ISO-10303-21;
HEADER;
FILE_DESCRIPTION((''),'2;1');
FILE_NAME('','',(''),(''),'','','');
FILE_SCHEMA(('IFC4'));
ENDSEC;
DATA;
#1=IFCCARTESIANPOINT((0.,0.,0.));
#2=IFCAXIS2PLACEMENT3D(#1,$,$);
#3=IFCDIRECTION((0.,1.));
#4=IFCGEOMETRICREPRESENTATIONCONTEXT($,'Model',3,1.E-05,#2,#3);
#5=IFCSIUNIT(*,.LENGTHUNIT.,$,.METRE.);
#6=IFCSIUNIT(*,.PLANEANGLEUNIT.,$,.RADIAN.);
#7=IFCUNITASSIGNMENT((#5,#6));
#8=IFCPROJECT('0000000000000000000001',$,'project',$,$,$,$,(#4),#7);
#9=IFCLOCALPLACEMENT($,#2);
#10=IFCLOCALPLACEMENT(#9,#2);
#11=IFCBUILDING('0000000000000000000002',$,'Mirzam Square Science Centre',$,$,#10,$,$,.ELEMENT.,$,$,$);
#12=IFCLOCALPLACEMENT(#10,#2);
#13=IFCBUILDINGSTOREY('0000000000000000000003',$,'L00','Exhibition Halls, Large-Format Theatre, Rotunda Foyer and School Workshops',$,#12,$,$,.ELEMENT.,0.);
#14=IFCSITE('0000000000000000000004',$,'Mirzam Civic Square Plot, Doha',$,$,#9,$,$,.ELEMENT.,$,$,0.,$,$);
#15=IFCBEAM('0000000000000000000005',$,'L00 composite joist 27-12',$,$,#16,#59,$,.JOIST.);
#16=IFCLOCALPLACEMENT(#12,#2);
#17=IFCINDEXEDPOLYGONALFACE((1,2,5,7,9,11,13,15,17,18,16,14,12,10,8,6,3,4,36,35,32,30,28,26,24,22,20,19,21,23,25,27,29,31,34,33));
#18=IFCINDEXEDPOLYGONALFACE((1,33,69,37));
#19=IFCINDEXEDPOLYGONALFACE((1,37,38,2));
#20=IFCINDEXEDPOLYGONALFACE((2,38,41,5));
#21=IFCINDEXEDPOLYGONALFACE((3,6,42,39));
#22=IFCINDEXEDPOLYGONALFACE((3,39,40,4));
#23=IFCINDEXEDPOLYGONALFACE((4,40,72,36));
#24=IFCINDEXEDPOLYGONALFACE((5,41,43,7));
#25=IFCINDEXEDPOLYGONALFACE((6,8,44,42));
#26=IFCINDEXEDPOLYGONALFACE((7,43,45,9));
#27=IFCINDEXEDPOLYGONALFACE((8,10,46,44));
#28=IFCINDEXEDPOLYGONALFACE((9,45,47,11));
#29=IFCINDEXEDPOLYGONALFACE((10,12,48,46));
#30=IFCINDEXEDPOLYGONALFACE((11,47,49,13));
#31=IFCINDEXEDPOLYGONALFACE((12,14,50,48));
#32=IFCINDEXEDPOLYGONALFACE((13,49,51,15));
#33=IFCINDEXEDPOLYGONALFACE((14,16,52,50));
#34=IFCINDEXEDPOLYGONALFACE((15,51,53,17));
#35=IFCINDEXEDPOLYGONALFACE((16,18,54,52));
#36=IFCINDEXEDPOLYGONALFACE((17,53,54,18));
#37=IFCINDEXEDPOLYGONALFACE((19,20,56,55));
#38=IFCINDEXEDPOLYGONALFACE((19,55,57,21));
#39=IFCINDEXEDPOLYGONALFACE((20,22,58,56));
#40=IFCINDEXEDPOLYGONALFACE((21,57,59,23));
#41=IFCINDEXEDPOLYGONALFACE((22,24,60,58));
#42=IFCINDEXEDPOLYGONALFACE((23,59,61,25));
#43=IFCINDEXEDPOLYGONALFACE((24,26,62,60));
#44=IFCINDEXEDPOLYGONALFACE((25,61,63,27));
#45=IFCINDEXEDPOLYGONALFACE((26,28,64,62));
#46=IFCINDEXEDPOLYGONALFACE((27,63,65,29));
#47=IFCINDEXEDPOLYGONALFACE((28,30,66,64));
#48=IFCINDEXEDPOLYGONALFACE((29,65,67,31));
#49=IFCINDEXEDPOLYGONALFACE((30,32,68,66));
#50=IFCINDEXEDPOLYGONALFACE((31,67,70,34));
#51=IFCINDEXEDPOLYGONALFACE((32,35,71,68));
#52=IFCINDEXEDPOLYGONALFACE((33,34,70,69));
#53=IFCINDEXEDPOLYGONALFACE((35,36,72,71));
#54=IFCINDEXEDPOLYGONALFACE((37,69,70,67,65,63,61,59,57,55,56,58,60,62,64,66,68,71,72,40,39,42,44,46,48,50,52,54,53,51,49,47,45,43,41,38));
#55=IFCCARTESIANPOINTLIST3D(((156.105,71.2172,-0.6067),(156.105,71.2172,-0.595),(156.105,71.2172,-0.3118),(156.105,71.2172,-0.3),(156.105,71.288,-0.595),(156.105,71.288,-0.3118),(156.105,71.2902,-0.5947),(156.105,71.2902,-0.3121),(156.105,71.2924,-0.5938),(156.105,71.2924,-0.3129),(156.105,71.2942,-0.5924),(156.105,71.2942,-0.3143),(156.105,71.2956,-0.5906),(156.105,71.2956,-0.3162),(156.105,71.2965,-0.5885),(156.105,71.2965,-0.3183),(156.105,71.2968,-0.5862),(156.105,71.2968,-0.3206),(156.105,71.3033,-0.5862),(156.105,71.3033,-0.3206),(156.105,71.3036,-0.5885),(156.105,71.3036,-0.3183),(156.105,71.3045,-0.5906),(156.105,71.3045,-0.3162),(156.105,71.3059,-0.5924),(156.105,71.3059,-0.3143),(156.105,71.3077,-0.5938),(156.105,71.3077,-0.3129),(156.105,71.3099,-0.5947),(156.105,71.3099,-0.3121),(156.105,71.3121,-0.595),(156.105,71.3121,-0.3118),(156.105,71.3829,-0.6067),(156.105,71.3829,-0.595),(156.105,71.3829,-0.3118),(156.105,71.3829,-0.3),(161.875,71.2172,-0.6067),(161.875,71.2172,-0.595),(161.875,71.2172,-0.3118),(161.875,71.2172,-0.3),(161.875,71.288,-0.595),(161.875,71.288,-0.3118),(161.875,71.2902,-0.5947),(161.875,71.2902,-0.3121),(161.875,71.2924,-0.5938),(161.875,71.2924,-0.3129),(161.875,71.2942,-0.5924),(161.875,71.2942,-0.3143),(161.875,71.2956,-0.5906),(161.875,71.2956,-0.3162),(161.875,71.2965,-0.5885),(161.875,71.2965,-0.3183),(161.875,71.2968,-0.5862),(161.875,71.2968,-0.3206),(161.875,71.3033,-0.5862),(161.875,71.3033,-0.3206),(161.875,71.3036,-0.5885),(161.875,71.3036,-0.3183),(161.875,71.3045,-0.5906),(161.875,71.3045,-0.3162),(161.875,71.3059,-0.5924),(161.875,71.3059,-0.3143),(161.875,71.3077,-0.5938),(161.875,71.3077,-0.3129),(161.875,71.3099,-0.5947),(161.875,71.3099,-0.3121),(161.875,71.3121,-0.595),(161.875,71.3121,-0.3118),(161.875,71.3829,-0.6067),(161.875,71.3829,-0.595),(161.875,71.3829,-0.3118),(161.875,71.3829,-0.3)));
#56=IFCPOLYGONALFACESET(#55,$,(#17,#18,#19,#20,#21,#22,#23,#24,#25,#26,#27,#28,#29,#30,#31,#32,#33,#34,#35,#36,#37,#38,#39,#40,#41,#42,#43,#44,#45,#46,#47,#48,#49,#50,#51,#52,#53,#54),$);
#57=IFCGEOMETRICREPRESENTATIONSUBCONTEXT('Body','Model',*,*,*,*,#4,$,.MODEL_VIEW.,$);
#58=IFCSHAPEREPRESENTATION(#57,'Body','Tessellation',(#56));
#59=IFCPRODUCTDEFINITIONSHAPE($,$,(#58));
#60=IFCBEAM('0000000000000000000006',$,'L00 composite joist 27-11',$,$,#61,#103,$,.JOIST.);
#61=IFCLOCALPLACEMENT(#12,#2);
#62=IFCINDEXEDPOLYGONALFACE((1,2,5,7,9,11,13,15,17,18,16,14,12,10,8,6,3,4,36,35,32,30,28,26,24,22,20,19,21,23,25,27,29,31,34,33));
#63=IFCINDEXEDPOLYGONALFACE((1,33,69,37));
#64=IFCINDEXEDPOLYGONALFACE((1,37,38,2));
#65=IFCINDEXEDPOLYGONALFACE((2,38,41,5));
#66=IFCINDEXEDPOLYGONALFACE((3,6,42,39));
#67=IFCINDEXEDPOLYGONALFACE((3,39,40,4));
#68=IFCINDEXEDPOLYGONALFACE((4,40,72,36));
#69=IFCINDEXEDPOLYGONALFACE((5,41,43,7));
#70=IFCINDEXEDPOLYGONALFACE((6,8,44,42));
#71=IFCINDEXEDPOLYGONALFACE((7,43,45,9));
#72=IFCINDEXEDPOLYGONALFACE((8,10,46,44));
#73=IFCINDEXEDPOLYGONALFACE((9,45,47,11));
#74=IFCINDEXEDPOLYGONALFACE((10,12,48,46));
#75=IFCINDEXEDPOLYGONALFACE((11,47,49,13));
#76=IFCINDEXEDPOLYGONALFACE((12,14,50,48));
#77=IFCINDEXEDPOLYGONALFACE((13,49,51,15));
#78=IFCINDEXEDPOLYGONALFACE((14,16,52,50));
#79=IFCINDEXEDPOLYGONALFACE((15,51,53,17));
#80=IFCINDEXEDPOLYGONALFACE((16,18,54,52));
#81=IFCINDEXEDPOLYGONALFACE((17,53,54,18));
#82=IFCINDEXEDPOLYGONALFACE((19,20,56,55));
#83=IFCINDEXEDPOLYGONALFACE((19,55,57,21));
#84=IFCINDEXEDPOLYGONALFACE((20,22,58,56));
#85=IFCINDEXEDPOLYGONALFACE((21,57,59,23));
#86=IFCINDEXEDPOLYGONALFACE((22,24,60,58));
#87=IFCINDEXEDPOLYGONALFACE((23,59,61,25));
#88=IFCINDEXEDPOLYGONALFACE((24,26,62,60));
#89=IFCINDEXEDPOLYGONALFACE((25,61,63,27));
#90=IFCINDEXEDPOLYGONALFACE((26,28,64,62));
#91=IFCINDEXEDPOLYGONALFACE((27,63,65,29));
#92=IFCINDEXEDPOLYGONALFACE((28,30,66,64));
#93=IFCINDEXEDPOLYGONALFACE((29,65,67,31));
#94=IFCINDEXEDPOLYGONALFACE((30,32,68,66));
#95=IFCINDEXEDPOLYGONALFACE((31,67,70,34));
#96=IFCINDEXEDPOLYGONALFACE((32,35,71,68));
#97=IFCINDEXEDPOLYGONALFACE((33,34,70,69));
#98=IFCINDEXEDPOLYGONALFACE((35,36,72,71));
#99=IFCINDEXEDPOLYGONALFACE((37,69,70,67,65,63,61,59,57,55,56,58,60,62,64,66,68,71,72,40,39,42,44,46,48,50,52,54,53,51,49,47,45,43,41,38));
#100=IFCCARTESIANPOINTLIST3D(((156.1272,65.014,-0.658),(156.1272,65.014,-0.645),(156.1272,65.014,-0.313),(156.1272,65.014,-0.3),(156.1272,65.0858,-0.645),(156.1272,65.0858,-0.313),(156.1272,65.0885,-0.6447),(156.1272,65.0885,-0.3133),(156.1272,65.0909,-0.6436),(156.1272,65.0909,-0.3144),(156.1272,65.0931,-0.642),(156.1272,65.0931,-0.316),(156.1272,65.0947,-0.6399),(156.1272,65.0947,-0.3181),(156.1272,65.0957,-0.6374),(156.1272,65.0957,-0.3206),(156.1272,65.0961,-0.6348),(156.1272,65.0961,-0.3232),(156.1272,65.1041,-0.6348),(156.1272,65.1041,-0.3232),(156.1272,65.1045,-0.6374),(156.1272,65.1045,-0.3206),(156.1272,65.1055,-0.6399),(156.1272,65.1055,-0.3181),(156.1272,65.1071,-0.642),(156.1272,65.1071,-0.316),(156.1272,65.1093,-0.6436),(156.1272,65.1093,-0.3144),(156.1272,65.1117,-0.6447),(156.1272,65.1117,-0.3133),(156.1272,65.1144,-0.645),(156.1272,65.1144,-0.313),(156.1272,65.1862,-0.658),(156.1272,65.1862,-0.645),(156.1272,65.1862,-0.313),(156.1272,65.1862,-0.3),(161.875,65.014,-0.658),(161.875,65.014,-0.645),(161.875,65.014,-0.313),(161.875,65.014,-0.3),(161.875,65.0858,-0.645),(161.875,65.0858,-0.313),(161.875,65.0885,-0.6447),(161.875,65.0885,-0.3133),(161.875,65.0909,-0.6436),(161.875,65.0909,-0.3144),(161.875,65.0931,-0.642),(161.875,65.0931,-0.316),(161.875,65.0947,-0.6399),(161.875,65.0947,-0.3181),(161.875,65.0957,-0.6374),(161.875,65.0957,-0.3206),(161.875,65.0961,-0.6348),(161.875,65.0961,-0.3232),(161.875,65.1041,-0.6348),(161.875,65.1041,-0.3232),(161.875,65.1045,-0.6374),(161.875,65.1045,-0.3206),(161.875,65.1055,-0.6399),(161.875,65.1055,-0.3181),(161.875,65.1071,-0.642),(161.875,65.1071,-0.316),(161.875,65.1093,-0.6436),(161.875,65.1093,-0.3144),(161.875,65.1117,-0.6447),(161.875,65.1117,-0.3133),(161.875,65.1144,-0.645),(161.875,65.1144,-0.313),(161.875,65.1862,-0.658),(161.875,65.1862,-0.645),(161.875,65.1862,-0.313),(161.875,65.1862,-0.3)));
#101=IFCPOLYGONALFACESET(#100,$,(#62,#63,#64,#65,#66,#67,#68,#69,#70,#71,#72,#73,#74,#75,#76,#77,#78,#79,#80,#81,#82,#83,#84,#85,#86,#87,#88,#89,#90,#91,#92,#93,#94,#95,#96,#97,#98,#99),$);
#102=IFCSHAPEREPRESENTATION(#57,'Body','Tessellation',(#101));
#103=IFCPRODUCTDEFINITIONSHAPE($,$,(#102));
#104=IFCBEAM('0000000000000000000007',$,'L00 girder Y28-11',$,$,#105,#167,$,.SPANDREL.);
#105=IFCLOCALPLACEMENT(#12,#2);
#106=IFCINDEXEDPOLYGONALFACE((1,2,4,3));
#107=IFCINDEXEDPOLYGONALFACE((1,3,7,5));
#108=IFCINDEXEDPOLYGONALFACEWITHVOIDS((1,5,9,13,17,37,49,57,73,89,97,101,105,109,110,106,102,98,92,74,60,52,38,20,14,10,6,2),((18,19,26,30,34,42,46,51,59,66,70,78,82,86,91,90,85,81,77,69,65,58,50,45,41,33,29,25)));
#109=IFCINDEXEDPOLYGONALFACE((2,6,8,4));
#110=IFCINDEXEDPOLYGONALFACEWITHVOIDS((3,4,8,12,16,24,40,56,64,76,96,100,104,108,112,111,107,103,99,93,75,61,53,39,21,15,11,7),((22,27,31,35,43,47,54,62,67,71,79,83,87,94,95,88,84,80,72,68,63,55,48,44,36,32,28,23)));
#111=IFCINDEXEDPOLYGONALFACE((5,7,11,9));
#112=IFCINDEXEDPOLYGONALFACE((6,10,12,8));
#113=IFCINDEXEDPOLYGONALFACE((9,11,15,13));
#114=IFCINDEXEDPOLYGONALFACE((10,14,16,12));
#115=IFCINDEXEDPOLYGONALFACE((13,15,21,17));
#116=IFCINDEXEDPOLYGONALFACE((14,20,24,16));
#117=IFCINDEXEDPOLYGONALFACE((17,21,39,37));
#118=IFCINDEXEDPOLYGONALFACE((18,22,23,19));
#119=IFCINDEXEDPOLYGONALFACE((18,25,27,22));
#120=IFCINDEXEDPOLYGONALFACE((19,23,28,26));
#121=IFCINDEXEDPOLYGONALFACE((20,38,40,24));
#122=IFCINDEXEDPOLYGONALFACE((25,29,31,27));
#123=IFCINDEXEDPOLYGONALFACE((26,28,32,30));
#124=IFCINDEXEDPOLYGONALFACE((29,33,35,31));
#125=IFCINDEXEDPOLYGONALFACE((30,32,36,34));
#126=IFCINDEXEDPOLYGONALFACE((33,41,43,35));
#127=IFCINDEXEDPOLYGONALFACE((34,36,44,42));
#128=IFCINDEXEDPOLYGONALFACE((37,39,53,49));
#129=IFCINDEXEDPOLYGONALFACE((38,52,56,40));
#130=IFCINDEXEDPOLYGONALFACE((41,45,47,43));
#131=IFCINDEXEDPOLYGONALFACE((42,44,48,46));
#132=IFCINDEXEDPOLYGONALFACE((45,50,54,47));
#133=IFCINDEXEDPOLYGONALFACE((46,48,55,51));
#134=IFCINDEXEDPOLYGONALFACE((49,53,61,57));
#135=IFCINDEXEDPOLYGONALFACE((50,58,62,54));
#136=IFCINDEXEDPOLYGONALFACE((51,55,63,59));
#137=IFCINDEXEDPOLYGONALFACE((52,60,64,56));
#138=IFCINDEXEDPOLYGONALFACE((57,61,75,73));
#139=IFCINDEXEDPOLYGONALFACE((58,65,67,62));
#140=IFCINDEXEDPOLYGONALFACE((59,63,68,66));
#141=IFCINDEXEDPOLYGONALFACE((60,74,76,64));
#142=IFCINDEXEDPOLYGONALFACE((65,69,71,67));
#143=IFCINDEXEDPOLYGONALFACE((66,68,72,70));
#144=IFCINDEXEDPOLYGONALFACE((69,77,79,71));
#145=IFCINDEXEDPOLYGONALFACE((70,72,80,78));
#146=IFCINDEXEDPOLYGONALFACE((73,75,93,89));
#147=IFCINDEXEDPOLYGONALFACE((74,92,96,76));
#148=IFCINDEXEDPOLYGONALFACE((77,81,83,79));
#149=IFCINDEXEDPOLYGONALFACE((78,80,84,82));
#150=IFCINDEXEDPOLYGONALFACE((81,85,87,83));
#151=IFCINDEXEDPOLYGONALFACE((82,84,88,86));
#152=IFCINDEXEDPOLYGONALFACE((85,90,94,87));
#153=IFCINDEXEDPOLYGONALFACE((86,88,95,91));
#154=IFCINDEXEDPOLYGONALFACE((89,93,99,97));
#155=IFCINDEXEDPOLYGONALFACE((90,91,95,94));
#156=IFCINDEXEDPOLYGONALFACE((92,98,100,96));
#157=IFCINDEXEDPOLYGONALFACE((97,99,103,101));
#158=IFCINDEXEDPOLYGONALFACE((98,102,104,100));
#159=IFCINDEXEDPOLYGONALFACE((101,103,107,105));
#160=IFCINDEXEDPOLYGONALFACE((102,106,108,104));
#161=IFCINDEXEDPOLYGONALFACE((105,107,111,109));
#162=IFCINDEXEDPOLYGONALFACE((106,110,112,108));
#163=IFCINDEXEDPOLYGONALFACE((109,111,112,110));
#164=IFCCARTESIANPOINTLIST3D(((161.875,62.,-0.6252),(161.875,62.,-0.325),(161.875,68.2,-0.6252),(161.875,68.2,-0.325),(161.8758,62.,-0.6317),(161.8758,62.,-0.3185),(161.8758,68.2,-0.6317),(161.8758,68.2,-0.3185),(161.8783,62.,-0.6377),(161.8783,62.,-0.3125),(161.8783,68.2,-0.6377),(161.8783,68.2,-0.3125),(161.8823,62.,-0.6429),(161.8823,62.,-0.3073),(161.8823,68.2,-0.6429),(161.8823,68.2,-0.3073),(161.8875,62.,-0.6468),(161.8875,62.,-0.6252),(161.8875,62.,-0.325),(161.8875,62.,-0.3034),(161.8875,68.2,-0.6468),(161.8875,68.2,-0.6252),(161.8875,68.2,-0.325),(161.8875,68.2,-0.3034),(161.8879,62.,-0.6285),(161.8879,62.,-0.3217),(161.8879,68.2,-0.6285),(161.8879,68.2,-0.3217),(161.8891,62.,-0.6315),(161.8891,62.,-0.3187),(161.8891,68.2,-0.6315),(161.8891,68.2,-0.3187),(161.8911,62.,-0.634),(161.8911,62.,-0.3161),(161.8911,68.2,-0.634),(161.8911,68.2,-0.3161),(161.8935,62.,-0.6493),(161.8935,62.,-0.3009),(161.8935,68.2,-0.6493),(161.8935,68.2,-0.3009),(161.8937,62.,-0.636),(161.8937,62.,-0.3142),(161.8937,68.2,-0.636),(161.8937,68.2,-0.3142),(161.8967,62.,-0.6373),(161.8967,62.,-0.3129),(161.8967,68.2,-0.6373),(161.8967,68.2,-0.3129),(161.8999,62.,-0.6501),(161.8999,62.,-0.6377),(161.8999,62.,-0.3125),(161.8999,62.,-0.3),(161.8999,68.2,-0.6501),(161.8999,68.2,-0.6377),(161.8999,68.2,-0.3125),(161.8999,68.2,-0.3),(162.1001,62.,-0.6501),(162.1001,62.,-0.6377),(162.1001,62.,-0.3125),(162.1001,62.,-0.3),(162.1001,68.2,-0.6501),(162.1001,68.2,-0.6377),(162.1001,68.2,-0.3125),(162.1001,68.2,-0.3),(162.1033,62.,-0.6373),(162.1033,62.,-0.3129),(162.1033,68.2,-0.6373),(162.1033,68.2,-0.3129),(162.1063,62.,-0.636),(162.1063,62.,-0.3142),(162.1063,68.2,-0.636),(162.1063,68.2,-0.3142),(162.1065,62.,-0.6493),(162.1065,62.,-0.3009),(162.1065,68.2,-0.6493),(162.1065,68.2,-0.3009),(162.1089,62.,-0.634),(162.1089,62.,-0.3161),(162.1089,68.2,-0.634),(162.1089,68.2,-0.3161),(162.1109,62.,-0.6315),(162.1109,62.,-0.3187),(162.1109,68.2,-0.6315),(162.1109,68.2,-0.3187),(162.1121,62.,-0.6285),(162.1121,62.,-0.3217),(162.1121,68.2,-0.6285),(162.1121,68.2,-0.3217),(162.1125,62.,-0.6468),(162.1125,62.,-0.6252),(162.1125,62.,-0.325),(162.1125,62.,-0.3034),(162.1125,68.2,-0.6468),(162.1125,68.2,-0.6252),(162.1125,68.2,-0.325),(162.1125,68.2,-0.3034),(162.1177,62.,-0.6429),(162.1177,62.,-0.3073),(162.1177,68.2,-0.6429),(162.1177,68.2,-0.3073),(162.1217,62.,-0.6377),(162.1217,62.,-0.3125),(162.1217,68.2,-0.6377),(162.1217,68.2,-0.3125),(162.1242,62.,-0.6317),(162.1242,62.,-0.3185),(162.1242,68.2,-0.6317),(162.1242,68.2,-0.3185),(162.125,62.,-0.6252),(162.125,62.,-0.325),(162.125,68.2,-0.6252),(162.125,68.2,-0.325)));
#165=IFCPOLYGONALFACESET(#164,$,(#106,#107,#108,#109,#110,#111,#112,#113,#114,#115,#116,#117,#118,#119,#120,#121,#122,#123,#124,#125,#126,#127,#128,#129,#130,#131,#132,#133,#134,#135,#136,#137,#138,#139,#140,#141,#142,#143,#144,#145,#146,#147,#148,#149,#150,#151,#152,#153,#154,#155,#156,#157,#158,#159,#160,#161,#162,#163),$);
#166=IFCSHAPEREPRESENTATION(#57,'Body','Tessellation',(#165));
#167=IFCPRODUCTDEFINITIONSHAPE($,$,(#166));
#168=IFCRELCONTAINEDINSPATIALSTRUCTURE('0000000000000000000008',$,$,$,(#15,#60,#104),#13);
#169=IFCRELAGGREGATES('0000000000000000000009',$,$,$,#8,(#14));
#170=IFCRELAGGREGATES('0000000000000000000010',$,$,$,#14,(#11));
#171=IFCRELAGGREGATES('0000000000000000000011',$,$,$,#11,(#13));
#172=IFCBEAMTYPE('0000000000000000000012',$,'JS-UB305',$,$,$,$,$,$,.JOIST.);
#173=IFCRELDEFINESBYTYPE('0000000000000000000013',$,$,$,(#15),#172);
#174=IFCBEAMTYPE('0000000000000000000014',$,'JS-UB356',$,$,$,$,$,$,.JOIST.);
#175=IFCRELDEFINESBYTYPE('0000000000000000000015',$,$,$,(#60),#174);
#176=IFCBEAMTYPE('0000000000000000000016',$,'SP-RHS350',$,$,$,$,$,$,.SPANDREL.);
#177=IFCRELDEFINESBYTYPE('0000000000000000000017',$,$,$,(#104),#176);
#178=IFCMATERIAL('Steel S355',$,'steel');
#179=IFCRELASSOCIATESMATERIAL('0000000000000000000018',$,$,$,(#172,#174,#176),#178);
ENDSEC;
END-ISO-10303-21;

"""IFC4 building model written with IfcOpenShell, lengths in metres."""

from ifc_helpers import new_model, si_unit, direction, frame, origin, origin_2d, place, context, subcontext, project, spatial, hollow_rectangle, i_section, extrude, material, material_profile, profile_set, type_object, element, save


model = new_model("IFC4")

# Units and contexts
model_context = context("Model", 3, precision=1e-05, world=origin(), true_north=direction((0.0, 1.0)))
body_context = subcontext(model_context, "Body", "Model", "MODEL_VIEW")
ifc_project = project(units=[si_unit("LENGTHUNIT", "METRE"), si_unit("PLANEANGLEUNIT", "RADIAN")], contexts=[model_context])

# Site, building, storey
site_placement = place(None, origin())
site = spatial("IfcSite", under=ifc_project, at=site_placement, Name="Mirzam Civic Square Plot, Doha", CompositionType="ELEMENT", RefElevation=0.0)
building_placement = place(site_placement, origin())
building = spatial("IfcBuilding", under=site, at=building_placement, Name="Mirzam Square Science Centre", CompositionType="ELEMENT")
storey_placement = place(building_placement, origin())
storey = spatial("IfcBuildingStorey", under=building, at=storey_placement, Name="L00", Description="Exhibition Halls, Large-Format Theatre, Rotunda Foyer and School Workshops", CompositionType="ELEMENT", Elevation=0.0)

# Shared definitions
ifc_material_1 = material(Name="Steel S355", Category="steel")

# Beams
ifc_material_profile_1 = material_profile(ifc_material_1, i_section(OverallWidth=0.1658, OverallDepth=0.3066, WebThickness=0.0066, FlangeThickness=0.0117, FilletRadius=0.0088, at=origin_2d()), Name="305x165x46UB")
ifc_profile_set_1 = profile_set([ifc_material_profile_1], Name="Steel S355")
beam_type_1 = type_object("IfcBeamType", Name="JS-UB305", PredefinedType="JOIST", material=ifc_profile_set_1)
beam_1_placement = place(storey_placement, frame((156.105, 71.3, -0.4534), z_axis=(1.0, 0.0, 0.0), x_axis=(0.0, 1.0, 0.0)))
element("IfcBeam", 1, at=beam_1_placement, inside=storey, type_object=beam_type_1, Name="L00 composite joist 27-12", PredefinedType="JOIST", context=body_context, shape_type="SweptSolid", body=[
    extrude(i_section(OverallWidth=0.1658, OverallDepth=0.3066, WebThickness=0.0066, FlangeThickness=0.0117, FilletRadius=0.0088, at=origin_2d()), origin(), (0.0, 0.0, 1.0), 5.77),
])
ifc_material_profile_2 = material_profile(ifc_material_1, i_section(OverallWidth=0.1721, OverallDepth=0.3579, WebThickness=0.0081, FlangeThickness=0.0129, FilletRadius=0.0103, at=origin_2d()), Name="356x171x57UB")
ifc_profile_set_2 = profile_set([ifc_material_profile_2], Name="Steel S355")
beam_type_2 = type_object("IfcBeamType", Name="JS-UB356", PredefinedType="JOIST", material=ifc_profile_set_2)
beam_2_placement = place(storey_placement, frame((156.1272, 65.1001, -0.479), z_axis=(1.0, 0.0, 0.0), x_axis=(0.0, 1.0, 0.0)))
element("IfcBeam", 2, at=beam_2_placement, inside=storey, type_object=beam_type_2, Name="L00 composite joist 27-11", PredefinedType="JOIST", context=body_context, shape_type="SweptSolid", body=[
    extrude(i_section(OverallWidth=0.1721, OverallDepth=0.3579, WebThickness=0.0081, FlangeThickness=0.0129, FilletRadius=0.0103, at=origin_2d()), origin(), (0.0, 0.0, 1.0), 5.7478),
])
ifc_material_profile_3 = material_profile(ifc_material_1, hollow_rectangle(XDim=0.25, YDim=0.3501, WallThickness=0.0125, InnerFilletRadius=0.0125, OuterFilletRadius=0.0249, at=origin_2d()), Name="350x250x12.5RHS")
ifc_profile_set_3 = profile_set([ifc_material_profile_3], Name="Steel S355")
beam_type_3 = type_object("IfcBeamType", Name="SP-RHS350", PredefinedType="SPANDREL", material=ifc_profile_set_3)
for number, where, z_axis, x_axis, name in (
    (3, (162.0, 62.0, -0.4751), (0.0, 1.0, 0.0), (-1.0, 0.0, 0.0), "L00 girder Y28-11"),
):
    element("IfcBeam", number, at=place(storey_placement, frame(where, z_axis=z_axis, x_axis=x_axis)), inside=storey, type_object=beam_type_3, Name=name, PredefinedType="SPANDREL", context=body_context, shape_type="SweptSolid", body=[
        extrude(hollow_rectangle(XDim=0.25, YDim=0.3501, WallThickness=0.0125, InnerFilletRadius=0.0125, OuterFilletRadius=0.0249, at=origin_2d()), origin(), (0.0, 0.0, 1.0), 6.2),
    ])

save(model, "model.ifc")
